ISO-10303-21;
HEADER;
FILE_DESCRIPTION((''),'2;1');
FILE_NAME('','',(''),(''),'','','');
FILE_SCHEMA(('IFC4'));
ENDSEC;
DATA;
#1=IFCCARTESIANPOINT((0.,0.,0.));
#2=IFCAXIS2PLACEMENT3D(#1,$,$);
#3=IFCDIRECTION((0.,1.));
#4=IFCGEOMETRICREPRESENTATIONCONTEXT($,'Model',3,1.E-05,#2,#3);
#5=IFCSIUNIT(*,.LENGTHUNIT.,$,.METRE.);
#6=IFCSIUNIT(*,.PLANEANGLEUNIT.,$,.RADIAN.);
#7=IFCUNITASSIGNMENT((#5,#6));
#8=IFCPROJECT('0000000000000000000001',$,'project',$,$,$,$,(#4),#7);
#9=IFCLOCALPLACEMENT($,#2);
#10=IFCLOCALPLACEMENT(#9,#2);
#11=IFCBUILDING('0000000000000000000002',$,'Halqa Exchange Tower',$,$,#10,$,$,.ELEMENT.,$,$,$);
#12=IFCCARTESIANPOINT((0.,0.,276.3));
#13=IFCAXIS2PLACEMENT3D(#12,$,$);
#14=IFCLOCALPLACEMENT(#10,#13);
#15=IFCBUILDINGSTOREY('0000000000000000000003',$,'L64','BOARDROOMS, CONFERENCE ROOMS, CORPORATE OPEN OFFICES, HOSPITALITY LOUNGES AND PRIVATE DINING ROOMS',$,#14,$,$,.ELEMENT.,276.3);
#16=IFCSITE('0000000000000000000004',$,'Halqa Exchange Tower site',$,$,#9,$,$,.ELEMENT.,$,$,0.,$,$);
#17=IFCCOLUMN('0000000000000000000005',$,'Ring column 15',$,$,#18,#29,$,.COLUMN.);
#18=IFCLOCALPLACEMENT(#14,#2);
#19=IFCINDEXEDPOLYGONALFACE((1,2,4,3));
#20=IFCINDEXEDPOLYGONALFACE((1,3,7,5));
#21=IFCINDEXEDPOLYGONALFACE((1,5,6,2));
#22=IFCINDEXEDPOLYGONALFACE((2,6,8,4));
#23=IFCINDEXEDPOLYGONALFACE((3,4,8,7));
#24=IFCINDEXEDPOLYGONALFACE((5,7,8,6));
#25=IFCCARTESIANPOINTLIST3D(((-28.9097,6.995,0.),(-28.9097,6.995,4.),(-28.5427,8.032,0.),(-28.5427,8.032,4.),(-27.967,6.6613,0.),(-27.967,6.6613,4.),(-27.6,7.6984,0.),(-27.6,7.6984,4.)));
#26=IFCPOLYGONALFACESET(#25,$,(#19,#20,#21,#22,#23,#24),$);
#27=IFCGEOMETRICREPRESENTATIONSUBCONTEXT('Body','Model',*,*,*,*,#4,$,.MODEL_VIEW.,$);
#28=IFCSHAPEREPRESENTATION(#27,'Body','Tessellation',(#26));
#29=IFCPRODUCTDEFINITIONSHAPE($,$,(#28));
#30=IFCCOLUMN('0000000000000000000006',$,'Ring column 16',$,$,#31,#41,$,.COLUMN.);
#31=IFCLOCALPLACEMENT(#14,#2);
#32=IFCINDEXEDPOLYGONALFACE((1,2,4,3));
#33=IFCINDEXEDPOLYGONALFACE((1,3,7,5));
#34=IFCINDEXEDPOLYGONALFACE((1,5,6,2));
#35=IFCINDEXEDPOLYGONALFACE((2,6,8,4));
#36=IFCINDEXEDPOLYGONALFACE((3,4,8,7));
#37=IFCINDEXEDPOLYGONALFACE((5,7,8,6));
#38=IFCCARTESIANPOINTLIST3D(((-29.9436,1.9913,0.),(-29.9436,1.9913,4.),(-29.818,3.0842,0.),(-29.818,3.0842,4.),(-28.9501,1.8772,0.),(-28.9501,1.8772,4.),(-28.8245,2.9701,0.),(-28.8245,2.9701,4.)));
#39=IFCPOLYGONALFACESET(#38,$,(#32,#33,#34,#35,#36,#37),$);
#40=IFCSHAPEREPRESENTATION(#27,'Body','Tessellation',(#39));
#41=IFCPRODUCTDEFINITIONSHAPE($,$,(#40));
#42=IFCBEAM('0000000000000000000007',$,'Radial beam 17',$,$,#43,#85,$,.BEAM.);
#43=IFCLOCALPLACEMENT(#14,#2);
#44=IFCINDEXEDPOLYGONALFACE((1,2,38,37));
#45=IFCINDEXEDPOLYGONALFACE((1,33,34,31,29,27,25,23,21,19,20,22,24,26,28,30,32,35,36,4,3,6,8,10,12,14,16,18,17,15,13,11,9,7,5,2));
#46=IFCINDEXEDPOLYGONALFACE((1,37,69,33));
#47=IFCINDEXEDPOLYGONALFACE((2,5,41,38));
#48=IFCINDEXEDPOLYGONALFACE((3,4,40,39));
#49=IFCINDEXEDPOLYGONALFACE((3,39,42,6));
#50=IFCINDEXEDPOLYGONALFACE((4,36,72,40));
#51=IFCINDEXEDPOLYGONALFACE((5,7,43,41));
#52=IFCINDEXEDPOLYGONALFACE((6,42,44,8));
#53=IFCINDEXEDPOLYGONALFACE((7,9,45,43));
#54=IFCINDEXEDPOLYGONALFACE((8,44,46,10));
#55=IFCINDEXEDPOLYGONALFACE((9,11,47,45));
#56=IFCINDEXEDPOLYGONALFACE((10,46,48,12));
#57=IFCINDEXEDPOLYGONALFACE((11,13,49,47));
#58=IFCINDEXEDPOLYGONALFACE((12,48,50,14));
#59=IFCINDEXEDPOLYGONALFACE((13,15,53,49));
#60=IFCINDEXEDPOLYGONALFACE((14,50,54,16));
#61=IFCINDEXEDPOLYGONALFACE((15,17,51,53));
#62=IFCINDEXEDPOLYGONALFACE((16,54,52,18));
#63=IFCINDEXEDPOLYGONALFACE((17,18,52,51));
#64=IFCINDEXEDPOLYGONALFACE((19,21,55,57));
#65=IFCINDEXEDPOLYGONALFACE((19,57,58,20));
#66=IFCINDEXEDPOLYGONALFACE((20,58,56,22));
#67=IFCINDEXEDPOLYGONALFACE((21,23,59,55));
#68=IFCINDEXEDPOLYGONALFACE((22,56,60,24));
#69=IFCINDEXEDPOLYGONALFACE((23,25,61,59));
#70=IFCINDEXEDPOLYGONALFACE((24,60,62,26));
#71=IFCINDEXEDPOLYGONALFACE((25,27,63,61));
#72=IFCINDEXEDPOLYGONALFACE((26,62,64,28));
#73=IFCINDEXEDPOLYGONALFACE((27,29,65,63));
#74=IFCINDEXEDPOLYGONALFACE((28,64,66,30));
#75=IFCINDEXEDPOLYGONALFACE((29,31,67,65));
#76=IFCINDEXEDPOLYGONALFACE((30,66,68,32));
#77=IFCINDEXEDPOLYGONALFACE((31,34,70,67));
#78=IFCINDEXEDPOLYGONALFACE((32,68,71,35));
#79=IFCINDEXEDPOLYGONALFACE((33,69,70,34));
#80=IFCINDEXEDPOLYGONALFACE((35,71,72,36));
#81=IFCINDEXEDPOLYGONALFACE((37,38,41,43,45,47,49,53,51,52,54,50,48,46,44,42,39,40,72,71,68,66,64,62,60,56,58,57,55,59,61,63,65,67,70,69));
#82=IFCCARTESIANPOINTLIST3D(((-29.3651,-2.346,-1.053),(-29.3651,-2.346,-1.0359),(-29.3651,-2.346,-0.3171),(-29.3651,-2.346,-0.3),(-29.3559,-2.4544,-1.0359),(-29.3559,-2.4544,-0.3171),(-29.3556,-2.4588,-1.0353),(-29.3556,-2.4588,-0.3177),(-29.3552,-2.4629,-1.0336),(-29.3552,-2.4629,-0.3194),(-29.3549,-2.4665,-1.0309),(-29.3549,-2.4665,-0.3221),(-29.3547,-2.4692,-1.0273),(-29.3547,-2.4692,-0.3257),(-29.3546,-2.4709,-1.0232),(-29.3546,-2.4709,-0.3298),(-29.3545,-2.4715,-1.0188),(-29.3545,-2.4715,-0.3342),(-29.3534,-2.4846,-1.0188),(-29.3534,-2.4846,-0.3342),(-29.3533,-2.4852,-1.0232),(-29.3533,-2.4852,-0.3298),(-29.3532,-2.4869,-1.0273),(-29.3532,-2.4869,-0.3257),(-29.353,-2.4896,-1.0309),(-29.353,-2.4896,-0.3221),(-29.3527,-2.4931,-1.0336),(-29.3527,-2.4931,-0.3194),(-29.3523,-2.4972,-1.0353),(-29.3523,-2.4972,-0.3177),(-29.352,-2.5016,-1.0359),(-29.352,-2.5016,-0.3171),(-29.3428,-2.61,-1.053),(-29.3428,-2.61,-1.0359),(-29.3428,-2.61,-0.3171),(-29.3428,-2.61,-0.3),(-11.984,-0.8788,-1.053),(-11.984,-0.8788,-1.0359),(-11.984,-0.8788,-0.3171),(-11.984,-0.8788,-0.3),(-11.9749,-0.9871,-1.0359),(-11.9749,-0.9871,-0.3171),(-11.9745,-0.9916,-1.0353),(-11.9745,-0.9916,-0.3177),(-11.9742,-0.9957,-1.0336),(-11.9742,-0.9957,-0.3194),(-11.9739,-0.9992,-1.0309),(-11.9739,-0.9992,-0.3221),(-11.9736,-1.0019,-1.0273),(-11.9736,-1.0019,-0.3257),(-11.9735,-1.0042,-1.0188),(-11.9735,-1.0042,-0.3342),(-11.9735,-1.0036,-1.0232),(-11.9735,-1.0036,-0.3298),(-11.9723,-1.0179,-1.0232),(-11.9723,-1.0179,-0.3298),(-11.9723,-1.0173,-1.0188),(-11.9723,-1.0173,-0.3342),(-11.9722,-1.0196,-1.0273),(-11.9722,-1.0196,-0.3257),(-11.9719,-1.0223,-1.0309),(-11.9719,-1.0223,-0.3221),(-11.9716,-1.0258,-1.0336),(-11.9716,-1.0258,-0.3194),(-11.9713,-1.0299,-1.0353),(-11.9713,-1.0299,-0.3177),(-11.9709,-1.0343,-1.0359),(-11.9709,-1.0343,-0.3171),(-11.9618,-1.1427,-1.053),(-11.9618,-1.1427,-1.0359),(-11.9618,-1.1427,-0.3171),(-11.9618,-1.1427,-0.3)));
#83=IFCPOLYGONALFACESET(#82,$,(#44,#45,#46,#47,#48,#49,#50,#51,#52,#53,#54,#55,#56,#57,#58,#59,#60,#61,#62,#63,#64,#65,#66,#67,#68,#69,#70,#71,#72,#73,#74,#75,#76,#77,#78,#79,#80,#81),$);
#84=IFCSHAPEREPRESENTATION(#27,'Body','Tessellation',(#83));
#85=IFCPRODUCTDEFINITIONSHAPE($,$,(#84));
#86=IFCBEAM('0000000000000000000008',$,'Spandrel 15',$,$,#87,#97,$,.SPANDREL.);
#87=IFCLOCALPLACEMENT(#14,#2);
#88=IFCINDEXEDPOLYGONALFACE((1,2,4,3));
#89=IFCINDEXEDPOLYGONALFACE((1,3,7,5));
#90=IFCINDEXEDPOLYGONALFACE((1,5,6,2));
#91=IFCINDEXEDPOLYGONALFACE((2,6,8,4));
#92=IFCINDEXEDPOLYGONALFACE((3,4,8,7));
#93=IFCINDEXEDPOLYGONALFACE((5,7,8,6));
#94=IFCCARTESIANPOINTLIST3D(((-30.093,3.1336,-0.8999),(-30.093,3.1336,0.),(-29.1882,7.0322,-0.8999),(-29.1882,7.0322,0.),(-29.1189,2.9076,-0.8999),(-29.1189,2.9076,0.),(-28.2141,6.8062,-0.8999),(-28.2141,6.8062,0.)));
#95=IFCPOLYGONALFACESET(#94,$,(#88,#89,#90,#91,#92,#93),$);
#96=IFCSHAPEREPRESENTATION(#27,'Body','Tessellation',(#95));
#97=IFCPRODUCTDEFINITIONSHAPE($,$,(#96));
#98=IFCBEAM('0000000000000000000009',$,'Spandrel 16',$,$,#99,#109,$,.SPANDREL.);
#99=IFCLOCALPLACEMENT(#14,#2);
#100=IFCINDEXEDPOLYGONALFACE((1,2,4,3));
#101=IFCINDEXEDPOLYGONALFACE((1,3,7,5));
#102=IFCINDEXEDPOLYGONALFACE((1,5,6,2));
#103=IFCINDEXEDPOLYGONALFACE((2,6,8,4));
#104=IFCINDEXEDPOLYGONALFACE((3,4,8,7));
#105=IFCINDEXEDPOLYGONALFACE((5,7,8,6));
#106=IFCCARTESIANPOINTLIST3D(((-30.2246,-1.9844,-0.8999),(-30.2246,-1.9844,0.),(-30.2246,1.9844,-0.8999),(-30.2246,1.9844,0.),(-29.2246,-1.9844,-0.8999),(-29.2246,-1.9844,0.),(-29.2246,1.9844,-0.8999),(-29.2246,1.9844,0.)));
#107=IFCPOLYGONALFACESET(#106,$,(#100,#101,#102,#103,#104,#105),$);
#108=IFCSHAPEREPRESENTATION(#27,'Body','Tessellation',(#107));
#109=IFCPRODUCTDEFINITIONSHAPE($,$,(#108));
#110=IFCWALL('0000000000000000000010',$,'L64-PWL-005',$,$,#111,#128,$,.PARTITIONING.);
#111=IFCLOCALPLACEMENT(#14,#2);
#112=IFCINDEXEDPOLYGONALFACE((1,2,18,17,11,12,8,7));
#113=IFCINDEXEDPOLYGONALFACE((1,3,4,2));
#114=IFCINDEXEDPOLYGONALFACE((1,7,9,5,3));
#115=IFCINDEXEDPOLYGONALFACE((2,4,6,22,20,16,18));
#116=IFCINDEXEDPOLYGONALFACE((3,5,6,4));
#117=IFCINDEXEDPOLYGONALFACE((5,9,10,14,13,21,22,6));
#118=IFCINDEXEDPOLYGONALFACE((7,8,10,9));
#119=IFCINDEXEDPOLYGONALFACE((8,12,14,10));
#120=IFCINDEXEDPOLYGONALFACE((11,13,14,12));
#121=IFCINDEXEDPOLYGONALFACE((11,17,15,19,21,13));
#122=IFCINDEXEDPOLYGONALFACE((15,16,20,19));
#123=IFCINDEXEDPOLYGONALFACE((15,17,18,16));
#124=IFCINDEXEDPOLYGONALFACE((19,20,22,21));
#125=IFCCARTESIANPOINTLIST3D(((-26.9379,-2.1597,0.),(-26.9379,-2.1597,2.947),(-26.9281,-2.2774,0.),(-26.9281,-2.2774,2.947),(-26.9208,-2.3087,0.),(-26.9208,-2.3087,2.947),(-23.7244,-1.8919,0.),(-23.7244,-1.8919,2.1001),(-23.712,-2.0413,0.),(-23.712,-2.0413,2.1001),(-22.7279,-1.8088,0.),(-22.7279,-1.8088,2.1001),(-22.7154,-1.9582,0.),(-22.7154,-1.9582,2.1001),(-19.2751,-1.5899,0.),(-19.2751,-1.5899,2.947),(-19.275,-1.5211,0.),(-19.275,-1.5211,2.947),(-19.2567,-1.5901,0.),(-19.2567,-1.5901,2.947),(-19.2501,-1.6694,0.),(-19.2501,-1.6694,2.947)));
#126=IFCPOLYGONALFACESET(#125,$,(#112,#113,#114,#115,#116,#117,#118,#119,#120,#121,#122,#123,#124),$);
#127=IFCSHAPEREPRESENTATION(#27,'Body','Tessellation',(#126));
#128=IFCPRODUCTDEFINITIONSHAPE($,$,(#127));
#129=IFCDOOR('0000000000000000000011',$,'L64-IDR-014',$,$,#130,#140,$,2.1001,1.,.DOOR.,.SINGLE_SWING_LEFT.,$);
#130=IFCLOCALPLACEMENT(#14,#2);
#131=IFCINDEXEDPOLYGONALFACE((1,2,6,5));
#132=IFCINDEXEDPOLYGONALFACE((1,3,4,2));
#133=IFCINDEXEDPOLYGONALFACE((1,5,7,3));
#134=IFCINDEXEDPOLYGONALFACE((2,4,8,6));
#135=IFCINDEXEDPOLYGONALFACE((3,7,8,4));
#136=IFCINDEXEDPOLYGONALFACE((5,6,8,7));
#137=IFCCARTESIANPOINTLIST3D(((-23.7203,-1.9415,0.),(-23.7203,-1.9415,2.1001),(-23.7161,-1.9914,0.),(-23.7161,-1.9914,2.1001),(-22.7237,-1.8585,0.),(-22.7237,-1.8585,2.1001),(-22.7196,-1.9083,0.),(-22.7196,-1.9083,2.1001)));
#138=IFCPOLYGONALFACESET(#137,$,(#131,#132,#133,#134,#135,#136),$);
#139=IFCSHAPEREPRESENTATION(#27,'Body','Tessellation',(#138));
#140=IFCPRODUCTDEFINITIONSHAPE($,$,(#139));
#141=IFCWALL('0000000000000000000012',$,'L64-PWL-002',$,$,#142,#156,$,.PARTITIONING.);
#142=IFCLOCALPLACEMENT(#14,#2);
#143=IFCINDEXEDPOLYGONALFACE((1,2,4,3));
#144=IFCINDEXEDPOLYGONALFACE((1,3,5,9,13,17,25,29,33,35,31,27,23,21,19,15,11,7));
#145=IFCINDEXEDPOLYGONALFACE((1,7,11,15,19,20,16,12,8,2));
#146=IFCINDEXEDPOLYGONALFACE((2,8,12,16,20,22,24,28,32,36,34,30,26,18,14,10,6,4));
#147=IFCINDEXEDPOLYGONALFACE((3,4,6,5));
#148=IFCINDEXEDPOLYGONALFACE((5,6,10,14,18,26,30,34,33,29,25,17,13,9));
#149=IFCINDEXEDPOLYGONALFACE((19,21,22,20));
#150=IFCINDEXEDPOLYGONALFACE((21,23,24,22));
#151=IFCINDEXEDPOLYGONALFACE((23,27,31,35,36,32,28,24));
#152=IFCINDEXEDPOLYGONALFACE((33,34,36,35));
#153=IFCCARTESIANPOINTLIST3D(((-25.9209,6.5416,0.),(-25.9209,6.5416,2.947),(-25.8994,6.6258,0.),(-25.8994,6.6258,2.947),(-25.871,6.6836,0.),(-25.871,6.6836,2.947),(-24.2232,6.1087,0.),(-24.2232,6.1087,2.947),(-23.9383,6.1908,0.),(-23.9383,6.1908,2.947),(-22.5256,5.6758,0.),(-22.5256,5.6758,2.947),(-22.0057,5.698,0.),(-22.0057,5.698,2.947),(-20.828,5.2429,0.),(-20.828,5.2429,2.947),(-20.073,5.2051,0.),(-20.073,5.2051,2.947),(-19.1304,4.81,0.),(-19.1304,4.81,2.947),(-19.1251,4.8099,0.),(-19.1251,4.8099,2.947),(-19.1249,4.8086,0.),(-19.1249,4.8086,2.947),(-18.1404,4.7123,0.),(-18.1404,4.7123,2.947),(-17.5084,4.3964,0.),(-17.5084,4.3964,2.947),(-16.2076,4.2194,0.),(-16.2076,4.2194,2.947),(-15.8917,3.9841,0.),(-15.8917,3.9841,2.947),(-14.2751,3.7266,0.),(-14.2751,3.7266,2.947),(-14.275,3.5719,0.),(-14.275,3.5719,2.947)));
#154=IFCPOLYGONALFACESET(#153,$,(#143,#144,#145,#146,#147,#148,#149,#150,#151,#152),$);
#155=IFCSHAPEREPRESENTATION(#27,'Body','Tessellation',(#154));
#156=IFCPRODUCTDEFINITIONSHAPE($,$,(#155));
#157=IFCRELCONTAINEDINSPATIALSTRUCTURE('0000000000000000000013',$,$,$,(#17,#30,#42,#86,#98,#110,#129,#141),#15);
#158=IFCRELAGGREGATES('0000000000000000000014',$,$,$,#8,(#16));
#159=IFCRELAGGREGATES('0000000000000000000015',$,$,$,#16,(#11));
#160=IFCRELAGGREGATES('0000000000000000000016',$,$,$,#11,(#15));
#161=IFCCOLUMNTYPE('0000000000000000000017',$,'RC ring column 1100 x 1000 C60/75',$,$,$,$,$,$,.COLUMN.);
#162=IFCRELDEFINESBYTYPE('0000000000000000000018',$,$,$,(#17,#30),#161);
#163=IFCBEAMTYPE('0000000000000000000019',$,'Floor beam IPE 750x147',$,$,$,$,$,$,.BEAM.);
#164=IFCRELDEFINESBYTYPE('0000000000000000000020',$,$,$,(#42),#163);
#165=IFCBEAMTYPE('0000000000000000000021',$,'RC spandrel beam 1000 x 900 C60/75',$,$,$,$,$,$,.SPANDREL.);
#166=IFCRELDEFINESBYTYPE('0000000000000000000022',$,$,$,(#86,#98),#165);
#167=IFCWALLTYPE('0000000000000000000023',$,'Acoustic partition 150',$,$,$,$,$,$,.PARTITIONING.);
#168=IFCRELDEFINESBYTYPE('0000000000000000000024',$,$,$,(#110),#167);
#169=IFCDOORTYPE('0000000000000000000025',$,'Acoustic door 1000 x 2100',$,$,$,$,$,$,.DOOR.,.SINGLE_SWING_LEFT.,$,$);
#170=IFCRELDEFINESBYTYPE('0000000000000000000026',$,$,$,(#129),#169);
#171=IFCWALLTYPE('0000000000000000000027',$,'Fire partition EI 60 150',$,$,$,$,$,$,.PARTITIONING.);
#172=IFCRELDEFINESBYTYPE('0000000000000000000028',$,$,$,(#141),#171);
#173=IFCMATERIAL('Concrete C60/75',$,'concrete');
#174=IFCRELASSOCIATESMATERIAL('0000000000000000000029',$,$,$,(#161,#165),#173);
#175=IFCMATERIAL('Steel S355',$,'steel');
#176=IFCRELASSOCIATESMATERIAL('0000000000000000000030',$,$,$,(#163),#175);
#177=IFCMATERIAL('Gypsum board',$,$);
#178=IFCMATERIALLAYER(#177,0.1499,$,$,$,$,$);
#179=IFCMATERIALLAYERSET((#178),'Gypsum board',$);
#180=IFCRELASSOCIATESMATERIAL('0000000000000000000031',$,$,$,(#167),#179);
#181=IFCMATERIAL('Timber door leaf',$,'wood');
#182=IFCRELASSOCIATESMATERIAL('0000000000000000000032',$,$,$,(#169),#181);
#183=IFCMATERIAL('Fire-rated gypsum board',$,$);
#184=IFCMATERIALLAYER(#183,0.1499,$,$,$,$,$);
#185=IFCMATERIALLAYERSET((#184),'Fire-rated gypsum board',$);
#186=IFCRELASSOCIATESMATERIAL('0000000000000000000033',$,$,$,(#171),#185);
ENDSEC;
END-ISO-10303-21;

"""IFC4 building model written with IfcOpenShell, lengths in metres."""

from ifc_helpers import new_model, si_unit, direction, frame, frame_2d, origin, origin_2d, place, context, subcontext, project, spatial, polyline, rectangle, i_section, outline, extrude, material, layer, layer_set, material_profile, profile_set, type_object, element, fill, save


model = new_model("IFC4")

# Units and contexts
model_context = context("Model", 3, precision=1e-05, world=origin(), true_north=direction((0.0, 1.0)))
body_context = subcontext(model_context, "Body", "Model", "MODEL_VIEW")
ifc_project = project(units=[si_unit("LENGTHUNIT", "METRE"), si_unit("PLANEANGLEUNIT", "RADIAN")], contexts=[model_context])

# Site, building, storey
site_placement = place(None, origin())
site = spatial("IfcSite", under=ifc_project, at=site_placement, Name="Halqa Exchange Tower site", CompositionType="ELEMENT", RefElevation=0.0)
building_placement = place(site_placement, origin())
building = spatial("IfcBuilding", under=site, at=building_placement, Name="Halqa Exchange Tower", CompositionType="ELEMENT")
storey_placement = place(building_placement, frame((0.0, 0.0, 276.3)))
storey = spatial("IfcBuildingStorey", under=building, at=storey_placement, Name="L64", Description="BOARDROOMS, CONFERENCE ROOMS, CORPORATE OPEN OFFICES, HOSPITALITY LOUNGES AND PRIVATE DINING ROOMS", CompositionType="ELEMENT", Elevation=276.3)

# Columns
ifc_material_1 = material(Name="Concrete C60/75", Category="concrete")
ifc_material_profile_1 = material_profile(ifc_material_1, rectangle(XDim=1.1001, YDim=1.0, at=origin_2d()), Name="1100 x 1000")
ifc_profile_set_1 = profile_set([ifc_material_profile_1], Name="Concrete C60/75")
column_type = type_object("IfcColumnType", Name="RC ring column 1100 x 1000 C60/75", PredefinedType="COLUMN", material=ifc_profile_set_1)
for number, where, z_axis, x_axis, name in (
    (1, (-28.2549, 7.3467, 0.0), (0.0, 0.0, 1.0), (-0.333619, -0.942708, 0.0), "Ring column 15"),
    (2, (-29.384, 2.4807, 0.0), (0.0, 0.0, 1.0), (-0.114155, -0.993463, 0.0), "Ring column 16"),
):
    element("IfcColumn", number, at=place(storey_placement, frame(where, z_axis=z_axis, x_axis=x_axis)), inside=storey, type_object=column_type, Name=name, PredefinedType="COLUMN", context=body_context, shape_type="SweptSolid", body=[
        extrude(rectangle(XDim=1.1001, YDim=1.0, at=origin_2d()), origin(), (0.0, 0.0, 1.0), 4.0),
    ])

# Beams
ifc_material_2 = material(Name="Steel S355", Category="steel")
ifc_material_profile_2 = material_profile(ifc_material_2, i_section(OverallWidth=0.2649, OverallDepth=0.7529, WebThickness=0.0132, FlangeThickness=0.0171, FilletRadius=0.0171, at=origin_2d()), Name="IPE 750x147")
ifc_profile_set_2 = profile_set([ifc_material_profile_2], Name="Steel S355")
beam_type_1 = type_object("IfcBeamType", Name="Floor beam IPE 750x147", PredefinedType="BEAM", material=ifc_profile_set_2)
beam_1_placement = place(storey_placement, frame((-11.9729, -1.0107, -0.6765), z_axis=(-0.996456, -0.084119, 0.0), x_axis=(0.084119, -0.996456, 0.0)))
element("IfcBeam", 3, at=beam_1_placement, inside=storey, type_object=beam_type_1, Name="Radial beam 17", PredefinedType="BEAM", context=body_context, shape_type="SweptSolid", body=[
    extrude(i_section(OverallWidth=0.2649, OverallDepth=0.7529, WebThickness=0.0132, FlangeThickness=0.0171, FilletRadius=0.0171, at=origin_2d()), origin(), (0.0, 0.0, 1.0), 17.4429),
])
ifc_material_profile_3 = material_profile(ifc_material_1, rectangle(XDim=1.0, YDim=0.8999, at=origin_2d()), Name="1000 x 900")
ifc_profile_set_3 = profile_set([ifc_material_profile_3], Name="Concrete C60/75")
beam_type_2 = type_object("IfcBeamType", Name="RC spandrel beam 1000 x 900 C60/75", PredefinedType="SPANDREL", material=ifc_profile_set_3)
beam_2_placement = place(storey_placement, frame((-28.7012, 6.9192, -0.45), z_axis=(-0.226067, -0.974112, 0.0), x_axis=(0.974112, -0.226067, 0.0)))
element("IfcBeam", 4, at=beam_2_placement, inside=storey, type_object=beam_type_2, Name="Spandrel 15", PredefinedType="SPANDREL", context=body_context, shape_type="SweptSolid", body=[
    extrude(rectangle(XDim=1.0, YDim=0.8999, at=origin_2d()), origin(), (0.0, 0.0, 1.0), 4.0022),
])
beam_3_placement = place(storey_placement, frame((-29.7246, 1.9844, -0.45), z_axis=(0.0, -1.0, 0.0), x_axis=(1.0, 0.0, 0.0)))
element("IfcBeam", 5, at=beam_3_placement, inside=storey, type_object=beam_type_2, Name="Spandrel 16", PredefinedType="SPANDREL", context=body_context, shape_type="SweptSolid", body=[
    extrude(rectangle(XDim=1.0, YDim=0.8999, at=origin_2d()), origin(), (0.0, 0.0, 1.0), 3.9688),
])

# Wall, opening, door
ifc_material_3 = material(Name="Gypsum board")
ifc_layer_1 = layer(ifc_material_3, 0.1499)
ifc_layer_set_1 = layer_set([ifc_layer_1], Name="Gypsum board")
wall_type_1 = type_object("IfcWallType", Name="Acoustic partition 150", PredefinedType="PARTITIONING", material=ifc_layer_set_1)
wall_1_placement = place(storey_placement, frame((-19.2563, -1.5947, 0.0), z_axis=(0.0, 0.0, 1.0), x_axis=(-0.996545, -0.083051, 0.0)))
wall_1 = element("IfcWall", 6, at=wall_1_placement, inside=storey, type_object=wall_type_1, Name="L64-PWL-005", PredefinedType="PARTITIONING", context=body_context, shape_type="SweptSolid", body=[
    extrude(outline(polyline([(7.7019, -0.075), (7.7019, 0.0432), (7.6973, 0.075), (5.7729, 0.075), (3.8486, 0.075), (1.9243, 0.075), (0.0, 0.075), (0.0, -0.0046), (0.0183, -0.0063), (0.0125, -0.075), (1.9348, -0.075), (3.8572, -0.075), (5.7795, -0.075), (7.7019, -0.075)])), origin(), (0.0, 0.0, 1.0), 2.947),
])
opening_1_placement = place(wall_1_placement, frame((3.4773, 0.0, 0.0)))
opening_1 = element("IfcOpeningElement", 7, at=opening_1_placement, cuts=wall_1, PredefinedType="OPENING", context=body_context, shape_type="SweptSolid", body=[
    extrude(rectangle(XDim=1.0, YDim=2.1001, at=frame_2d((0.5, 1.05))), frame((0.0, 0.0869, 0.0), z_axis=(0.0, -1.0, 0.0), x_axis=(1.0, 0.0, 0.0)), (0.0, 0.0, 1.0), 0.1738),
])
ifc_material_4 = material(Name="Timber door leaf", Category="wood")
door_type_1 = type_object("IfcDoorType", Name="Acoustic door 1000 x 2100", OperationType="SINGLE_SWING_LEFT", PredefinedType="DOOR", material=ifc_material_4)
door_1_placement = place(opening_1_placement, origin())
door_1 = element("IfcDoor", 8, at=door_1_placement, inside=storey, type_object=door_type_1, Name="L64-IDR-014", OperationType="SINGLE_SWING_LEFT", OverallHeight=2.1001, OverallWidth=1.0, PredefinedType="DOOR", context=body_context, shape_type="SweptSolid", body=[
    extrude(rectangle(XDim=1.0, YDim=2.1001, at=frame_2d((0.5, 1.05))), frame((0.0, 0.0249, 0.0), z_axis=(0.0, -1.0, 0.0), x_axis=(1.0, 0.0, 0.0)), (0.0, 0.0, 1.0), 0.05),
])
fill(opening_1, door_1)

# Wall
ifc_material_5 = material(Name="Fire-rated gypsum board")
ifc_layer_2 = layer(ifc_material_5, 0.1499)
ifc_layer_set_2 = layer_set([ifc_layer_2], Name="Fire-rated gypsum board")
wall_type_2 = type_object("IfcWallType", Name="Fire partition EI 60 150", PredefinedType="PARTITIONING", material=ifc_layer_set_2)
wall_2_placement = place(storey_placement, frame((-25.9023, 6.6143, 0.0), z_axis=(0.0, 0.0, 1.0), x_axis=(0.968991, -0.247098, 0.0)))
element("IfcWall", 9, at=wall_2_placement, inside=storey, type_object=wall_type_2, Name="L64-PWL-002", PredefinedType="PARTITIONING", context=body_context, shape_type="SweptSolid", body=[
    extrude(outline(polyline([(0.0, -0.075), (1.752, -0.075), (3.5039, -0.075), (5.2559, -0.075), (7.0078, -0.075), (7.0129, -0.0737), (7.0134, -0.075), (8.6816, -0.075), (10.3501, -0.075), (12.0186, -0.075), (11.9802, 0.075), (9.9858, 0.075), (7.9912, 0.075), (5.9968, 0.075), (4.0022, 0.075), (2.0078, 0.075), (0.0132, 0.075), (0.0, 0.012), (0.0, -0.075)])), origin(), (0.0, 0.0, 1.0), 2.947),
])

save(model, "model.ifc")
